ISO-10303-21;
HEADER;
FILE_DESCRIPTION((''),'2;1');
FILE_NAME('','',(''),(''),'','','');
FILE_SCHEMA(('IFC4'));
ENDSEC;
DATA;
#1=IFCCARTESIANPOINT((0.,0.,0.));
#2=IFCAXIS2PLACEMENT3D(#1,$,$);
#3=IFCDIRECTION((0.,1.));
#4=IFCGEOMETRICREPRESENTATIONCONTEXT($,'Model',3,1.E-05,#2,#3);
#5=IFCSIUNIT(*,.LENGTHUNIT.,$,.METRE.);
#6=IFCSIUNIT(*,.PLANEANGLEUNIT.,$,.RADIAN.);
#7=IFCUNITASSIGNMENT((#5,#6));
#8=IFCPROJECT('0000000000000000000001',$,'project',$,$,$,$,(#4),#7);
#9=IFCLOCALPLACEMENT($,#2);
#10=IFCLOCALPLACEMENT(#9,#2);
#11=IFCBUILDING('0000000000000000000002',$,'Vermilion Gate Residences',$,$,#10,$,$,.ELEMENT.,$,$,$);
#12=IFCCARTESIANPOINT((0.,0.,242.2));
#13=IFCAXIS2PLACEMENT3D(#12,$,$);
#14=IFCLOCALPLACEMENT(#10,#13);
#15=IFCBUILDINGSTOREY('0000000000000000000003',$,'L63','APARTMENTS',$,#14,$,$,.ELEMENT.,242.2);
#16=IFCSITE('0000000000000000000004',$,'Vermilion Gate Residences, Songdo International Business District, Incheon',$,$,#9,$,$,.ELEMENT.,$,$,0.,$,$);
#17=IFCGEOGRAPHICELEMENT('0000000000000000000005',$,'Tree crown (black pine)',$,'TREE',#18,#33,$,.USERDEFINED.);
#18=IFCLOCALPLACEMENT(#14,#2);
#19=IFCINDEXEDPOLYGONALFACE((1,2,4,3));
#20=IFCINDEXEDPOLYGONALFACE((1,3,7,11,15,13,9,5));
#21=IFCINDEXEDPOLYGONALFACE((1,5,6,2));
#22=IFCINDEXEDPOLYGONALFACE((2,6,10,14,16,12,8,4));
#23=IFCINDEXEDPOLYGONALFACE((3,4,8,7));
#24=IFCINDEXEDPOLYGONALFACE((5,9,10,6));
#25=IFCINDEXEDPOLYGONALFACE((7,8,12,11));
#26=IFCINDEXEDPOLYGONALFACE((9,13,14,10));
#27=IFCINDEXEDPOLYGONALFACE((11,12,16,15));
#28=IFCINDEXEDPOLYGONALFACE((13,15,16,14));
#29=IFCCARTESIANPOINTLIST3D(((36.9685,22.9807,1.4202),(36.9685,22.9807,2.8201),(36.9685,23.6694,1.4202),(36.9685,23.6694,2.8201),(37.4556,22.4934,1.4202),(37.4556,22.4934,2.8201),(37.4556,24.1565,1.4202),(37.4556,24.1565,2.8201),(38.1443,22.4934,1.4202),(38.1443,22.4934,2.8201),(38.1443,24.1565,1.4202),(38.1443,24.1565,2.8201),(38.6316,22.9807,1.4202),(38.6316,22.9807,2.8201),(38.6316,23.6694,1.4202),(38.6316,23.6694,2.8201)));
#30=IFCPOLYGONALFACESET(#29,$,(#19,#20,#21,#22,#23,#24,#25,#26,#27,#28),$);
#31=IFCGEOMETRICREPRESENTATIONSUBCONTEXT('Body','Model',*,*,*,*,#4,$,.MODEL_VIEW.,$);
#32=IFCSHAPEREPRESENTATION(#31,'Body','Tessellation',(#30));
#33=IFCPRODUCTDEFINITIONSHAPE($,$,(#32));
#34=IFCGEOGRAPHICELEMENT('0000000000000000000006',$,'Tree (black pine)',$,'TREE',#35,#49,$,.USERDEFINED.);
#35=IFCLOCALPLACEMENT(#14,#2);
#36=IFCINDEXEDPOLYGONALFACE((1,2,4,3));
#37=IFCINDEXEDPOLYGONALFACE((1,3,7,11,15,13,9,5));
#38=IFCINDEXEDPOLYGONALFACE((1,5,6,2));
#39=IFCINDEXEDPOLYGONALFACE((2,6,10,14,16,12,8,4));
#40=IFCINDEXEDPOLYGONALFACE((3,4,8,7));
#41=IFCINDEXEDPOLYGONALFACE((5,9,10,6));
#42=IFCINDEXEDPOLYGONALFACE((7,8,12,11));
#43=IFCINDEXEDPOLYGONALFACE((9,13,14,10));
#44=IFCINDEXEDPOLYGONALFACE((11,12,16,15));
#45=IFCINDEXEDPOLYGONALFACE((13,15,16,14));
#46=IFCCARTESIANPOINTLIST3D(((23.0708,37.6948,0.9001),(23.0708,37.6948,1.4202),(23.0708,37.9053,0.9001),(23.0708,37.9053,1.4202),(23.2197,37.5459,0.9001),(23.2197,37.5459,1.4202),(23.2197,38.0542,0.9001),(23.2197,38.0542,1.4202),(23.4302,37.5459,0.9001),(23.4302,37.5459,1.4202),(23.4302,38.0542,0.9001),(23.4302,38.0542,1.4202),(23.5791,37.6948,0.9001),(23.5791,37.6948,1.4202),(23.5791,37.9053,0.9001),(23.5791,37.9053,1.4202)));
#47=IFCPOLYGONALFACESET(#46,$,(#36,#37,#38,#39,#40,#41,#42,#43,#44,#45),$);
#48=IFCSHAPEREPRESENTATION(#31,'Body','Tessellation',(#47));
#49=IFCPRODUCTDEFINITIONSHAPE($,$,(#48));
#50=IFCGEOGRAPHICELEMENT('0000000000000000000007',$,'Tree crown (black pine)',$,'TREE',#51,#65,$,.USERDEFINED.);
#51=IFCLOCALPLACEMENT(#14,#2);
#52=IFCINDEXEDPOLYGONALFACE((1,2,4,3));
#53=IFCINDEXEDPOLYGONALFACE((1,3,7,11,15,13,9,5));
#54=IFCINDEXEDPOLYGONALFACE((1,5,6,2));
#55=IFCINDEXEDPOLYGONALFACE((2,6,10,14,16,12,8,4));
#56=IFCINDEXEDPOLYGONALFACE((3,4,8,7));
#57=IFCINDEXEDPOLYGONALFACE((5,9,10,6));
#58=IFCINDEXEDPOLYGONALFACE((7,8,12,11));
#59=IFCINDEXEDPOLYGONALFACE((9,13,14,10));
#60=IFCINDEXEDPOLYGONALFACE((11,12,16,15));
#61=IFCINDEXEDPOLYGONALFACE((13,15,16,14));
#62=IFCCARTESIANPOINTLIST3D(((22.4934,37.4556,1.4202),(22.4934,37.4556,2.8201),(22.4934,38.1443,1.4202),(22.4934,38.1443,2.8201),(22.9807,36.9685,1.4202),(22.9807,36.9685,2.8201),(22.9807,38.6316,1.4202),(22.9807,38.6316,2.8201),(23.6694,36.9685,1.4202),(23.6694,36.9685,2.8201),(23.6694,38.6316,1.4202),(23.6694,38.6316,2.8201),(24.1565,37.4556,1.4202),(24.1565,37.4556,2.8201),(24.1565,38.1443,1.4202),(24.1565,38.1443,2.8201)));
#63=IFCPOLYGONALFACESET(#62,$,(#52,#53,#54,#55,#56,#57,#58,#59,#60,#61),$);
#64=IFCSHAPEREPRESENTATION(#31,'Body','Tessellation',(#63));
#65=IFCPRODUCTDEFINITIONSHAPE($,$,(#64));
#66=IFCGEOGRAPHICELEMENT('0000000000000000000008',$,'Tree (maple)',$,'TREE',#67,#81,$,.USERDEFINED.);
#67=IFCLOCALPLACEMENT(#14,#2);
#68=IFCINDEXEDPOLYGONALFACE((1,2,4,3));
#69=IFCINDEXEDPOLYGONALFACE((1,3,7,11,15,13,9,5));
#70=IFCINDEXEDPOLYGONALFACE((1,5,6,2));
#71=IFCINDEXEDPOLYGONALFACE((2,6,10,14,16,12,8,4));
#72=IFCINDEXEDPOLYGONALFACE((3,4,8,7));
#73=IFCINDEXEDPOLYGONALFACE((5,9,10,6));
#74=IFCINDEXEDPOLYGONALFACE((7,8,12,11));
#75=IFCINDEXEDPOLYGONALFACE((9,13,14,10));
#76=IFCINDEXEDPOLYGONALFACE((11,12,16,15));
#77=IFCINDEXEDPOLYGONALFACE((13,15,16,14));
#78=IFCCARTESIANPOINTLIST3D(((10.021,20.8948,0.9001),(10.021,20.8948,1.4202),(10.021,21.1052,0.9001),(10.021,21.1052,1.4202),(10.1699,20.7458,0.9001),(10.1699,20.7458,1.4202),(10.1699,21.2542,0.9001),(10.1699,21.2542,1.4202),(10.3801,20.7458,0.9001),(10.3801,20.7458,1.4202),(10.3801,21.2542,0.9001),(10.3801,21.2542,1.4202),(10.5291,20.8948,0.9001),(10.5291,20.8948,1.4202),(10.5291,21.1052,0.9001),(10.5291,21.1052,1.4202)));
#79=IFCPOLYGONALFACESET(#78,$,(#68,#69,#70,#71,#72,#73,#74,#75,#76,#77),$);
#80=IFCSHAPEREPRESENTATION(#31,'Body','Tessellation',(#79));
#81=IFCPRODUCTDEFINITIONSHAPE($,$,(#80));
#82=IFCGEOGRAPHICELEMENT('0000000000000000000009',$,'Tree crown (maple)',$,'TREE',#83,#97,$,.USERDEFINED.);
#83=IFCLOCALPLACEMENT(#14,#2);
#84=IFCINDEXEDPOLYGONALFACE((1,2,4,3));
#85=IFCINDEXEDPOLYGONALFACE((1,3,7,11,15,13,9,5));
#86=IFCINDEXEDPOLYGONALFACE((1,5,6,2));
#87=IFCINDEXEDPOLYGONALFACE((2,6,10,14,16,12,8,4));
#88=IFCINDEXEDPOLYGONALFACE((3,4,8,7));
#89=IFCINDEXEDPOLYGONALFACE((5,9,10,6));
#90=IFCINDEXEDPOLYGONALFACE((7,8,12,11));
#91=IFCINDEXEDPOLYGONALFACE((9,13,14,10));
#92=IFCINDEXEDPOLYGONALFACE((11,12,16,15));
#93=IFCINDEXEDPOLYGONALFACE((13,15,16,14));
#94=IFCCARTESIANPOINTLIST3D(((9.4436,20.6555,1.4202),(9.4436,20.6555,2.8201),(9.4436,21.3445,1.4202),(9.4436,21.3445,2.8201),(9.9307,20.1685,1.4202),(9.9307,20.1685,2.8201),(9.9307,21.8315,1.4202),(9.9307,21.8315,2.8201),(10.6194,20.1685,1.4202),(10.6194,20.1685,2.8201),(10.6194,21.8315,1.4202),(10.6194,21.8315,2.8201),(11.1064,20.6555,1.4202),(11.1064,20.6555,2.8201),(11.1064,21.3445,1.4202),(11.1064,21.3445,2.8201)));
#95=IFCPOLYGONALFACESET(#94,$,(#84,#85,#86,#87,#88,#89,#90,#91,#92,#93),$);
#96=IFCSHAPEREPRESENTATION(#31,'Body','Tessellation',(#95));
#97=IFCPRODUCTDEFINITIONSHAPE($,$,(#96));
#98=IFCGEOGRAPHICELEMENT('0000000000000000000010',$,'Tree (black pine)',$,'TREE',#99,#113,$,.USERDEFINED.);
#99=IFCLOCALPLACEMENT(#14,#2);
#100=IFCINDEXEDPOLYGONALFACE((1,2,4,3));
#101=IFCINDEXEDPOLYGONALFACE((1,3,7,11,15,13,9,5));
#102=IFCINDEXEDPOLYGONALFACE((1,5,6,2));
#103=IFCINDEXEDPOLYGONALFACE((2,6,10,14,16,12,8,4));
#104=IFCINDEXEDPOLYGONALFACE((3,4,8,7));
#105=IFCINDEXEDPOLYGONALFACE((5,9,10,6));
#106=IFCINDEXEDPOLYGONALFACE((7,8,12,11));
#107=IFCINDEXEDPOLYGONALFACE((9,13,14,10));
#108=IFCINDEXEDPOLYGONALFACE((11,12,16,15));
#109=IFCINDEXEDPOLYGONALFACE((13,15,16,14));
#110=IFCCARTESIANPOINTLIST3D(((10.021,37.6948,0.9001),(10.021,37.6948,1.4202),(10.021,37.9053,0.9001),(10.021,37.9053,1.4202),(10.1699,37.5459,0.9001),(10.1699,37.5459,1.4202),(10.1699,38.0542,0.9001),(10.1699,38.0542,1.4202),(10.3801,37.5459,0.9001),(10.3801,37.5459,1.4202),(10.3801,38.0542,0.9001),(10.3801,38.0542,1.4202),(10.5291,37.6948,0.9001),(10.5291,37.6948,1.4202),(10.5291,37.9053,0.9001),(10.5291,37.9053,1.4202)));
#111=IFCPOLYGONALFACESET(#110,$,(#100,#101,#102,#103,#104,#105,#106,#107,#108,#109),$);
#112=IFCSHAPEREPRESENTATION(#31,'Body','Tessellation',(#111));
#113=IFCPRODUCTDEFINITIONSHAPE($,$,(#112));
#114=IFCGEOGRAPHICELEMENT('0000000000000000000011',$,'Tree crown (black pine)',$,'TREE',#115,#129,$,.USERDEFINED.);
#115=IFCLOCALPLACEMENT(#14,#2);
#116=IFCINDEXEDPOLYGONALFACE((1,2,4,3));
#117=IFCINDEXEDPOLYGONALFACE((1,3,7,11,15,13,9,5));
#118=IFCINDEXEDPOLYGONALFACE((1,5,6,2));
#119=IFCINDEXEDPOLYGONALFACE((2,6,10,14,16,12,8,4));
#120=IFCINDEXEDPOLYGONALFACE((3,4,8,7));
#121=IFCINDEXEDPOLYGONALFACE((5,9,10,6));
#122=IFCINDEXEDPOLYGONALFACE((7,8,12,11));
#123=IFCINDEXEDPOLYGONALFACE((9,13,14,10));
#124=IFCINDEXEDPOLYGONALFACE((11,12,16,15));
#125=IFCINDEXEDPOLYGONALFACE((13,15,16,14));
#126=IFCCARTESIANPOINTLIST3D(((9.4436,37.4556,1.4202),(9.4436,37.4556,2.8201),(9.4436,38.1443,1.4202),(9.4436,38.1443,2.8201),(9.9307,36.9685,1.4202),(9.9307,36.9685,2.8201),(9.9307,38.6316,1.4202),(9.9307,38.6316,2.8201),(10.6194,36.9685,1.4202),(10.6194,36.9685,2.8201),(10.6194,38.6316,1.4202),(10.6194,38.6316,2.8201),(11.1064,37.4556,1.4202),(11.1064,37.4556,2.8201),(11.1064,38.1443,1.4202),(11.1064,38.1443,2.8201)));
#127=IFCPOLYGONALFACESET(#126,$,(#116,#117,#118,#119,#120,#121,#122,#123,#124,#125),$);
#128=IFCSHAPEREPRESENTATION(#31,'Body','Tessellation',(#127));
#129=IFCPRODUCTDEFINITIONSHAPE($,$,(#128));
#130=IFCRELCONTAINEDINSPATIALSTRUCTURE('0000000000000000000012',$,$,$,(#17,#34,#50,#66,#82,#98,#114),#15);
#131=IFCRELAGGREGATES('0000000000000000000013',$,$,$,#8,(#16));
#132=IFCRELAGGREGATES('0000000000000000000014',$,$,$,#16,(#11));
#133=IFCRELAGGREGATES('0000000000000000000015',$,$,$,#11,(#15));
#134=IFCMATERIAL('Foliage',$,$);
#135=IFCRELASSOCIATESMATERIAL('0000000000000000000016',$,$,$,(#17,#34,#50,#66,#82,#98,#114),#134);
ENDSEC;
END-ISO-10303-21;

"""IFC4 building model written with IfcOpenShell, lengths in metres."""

from ifc_helpers import new_model, si_unit, direction, frame, origin, place, context, subcontext, project, spatial, polyline, outline, extrude, material, element, save


model = new_model("IFC4")

# Units and contexts
model_context = context("Model", 3, precision=1e-05, world=origin(), true_north=direction((0.0, 1.0)))
body_context = subcontext(model_context, "Body", "Model", "MODEL_VIEW")
ifc_project = project(units=[si_unit("LENGTHUNIT", "METRE"), si_unit("PLANEANGLEUNIT", "RADIAN")], contexts=[model_context])

# Site, building, storey
site_placement = place(None, origin())
site = spatial("IfcSite", under=ifc_project, at=site_placement, Name="Vermilion Gate Residences, Songdo International Business District, Incheon", CompositionType="ELEMENT", RefElevation=0.0)
building_placement = place(site_placement, origin())
building = spatial("IfcBuilding", under=site, at=building_placement, Name="Vermilion Gate Residences", CompositionType="ELEMENT")
storey_placement = place(building_placement, frame((0.0, 0.0, 242.2)))
storey = spatial("IfcBuildingStorey", under=building, at=storey_placement, Name="L63", Description="APARTMENTS", CompositionType="ELEMENT", Elevation=242.2)

# Geographic elements
ifc_material_1 = material(Name="Foliage")
geographic_element_1_placement = place(storey_placement, frame((0.0, 0.0, 1.4202)))
element("IfcGeographicElement", 1, at=geographic_element_1_placement, inside=storey, material=ifc_material_1, Name="Tree crown (black pine)", ObjectType="TREE", PredefinedType="USERDEFINED", context=body_context, shape_type="SweptSolid", body=[
    extrude(outline(polyline([(38.6316, 23.6694), (38.1443, 24.1565), (37.4556, 24.1565), (36.9685, 23.6694), (36.9685, 22.9807), (37.4556, 22.4934), (38.1443, 22.4934), (38.6316, 22.9807), (38.6316, 23.6694)])), origin(), (0.0, 0.0, 1.0), 1.3999),
])
geographic_element_2_placement = place(storey_placement, frame((0.0, 0.0, 0.9001)))
element("IfcGeographicElement", 2, at=geographic_element_2_placement, inside=storey, material=ifc_material_1, Name="Tree (black pine)", ObjectType="TREE", PredefinedType="USERDEFINED", context=body_context, shape_type="SweptSolid", body=[
    extrude(outline(polyline([(23.5791, 37.9053), (23.4302, 38.0542), (23.2197, 38.0542), (23.0708, 37.9053), (23.0708, 37.6948), (23.2197, 37.5459), (23.4302, 37.5459), (23.5791, 37.6948), (23.5791, 37.9053)])), origin(), (0.0, 0.0, 1.0), 0.52),
])
geographic_element_3_placement = place(storey_placement, frame((0.0, 0.0, 1.4202)))
element("IfcGeographicElement", 3, at=geographic_element_3_placement, inside=storey, material=ifc_material_1, Name="Tree crown (black pine)", ObjectType="TREE", PredefinedType="USERDEFINED", context=body_context, shape_type="SweptSolid", body=[
    extrude(outline(polyline([(24.1565, 38.1443), (23.6694, 38.6316), (22.9807, 38.6316), (22.4934, 38.1443), (22.4934, 37.4556), (22.9807, 36.9685), (23.6694, 36.9685), (24.1565, 37.4556), (24.1565, 38.1443)])), origin(), (0.0, 0.0, 1.0), 1.3999),
])
geographic_element_4_placement = place(storey_placement, frame((0.0, 0.0, 0.9001)))
element("IfcGeographicElement", 4, at=geographic_element_4_placement, inside=storey, material=ifc_material_1, Name="Tree (maple)", ObjectType="TREE", PredefinedType="USERDEFINED", context=body_context, shape_type="SweptSolid", body=[
    extrude(outline(polyline([(10.5291, 21.1052), (10.3801, 21.2542), (10.1699, 21.2542), (10.021, 21.1052), (10.021, 20.8948), (10.1699, 20.7458), (10.3801, 20.7458), (10.5291, 20.8948), (10.5291, 21.1052)])), origin(), (0.0, 0.0, 1.0), 0.52),
])
geographic_element_5_placement = place(storey_placement, frame((0.0, 0.0, 1.4202)))
element("IfcGeographicElement", 5, at=geographic_element_5_placement, inside=storey, material=ifc_material_1, Name="Tree crown (maple)", ObjectType="TREE", PredefinedType="USERDEFINED", context=body_context, shape_type="SweptSolid", body=[
    extrude(outline(polyline([(11.1064, 21.3445), (10.6194, 21.8315), (9.9307, 21.8315), (9.4436, 21.3445), (9.4436, 20.6555), (9.9307, 20.1685), (10.6194, 20.1685), (11.1064, 20.6555), (11.1064, 21.3445)])), origin(), (0.0, 0.0, 1.0), 1.3999),
])
geographic_element_6_placement = place(storey_placement, frame((0.0, 0.0, 0.9001)))
element("IfcGeographicElement", 6, at=geographic_element_6_placement, inside=storey, material=ifc_material_1, Name="Tree (black pine)", ObjectType="TREE", PredefinedType="USERDEFINED", context=body_context, shape_type="SweptSolid", body=[
    extrude(outline(polyline([(10.5291, 37.9053), (10.3801, 38.0542), (10.1699, 38.0542), (10.021, 37.9053), (10.021, 37.6948), (10.1699, 37.5459), (10.3801, 37.5459), (10.5291, 37.6948), (10.5291, 37.9053)])), origin(), (0.0, 0.0, 1.0), 0.52),
])
geographic_element_7_placement = place(storey_placement, frame((0.0, 0.0, 1.4202)))
element("IfcGeographicElement", 7, at=geographic_element_7_placement, inside=storey, material=ifc_material_1, Name="Tree crown (black pine)", ObjectType="TREE", PredefinedType="USERDEFINED", context=body_context, shape_type="SweptSolid", body=[
    extrude(outline(polyline([(11.1064, 38.1443), (10.6194, 38.6316), (9.9307, 38.6316), (9.4436, 38.1443), (9.4436, 37.4556), (9.9307, 36.9685), (10.6194, 36.9685), (11.1064, 37.4556), (11.1064, 38.1443)])), origin(), (0.0, 0.0, 1.0), 1.3999),
])

save(model, "model.ifc")
